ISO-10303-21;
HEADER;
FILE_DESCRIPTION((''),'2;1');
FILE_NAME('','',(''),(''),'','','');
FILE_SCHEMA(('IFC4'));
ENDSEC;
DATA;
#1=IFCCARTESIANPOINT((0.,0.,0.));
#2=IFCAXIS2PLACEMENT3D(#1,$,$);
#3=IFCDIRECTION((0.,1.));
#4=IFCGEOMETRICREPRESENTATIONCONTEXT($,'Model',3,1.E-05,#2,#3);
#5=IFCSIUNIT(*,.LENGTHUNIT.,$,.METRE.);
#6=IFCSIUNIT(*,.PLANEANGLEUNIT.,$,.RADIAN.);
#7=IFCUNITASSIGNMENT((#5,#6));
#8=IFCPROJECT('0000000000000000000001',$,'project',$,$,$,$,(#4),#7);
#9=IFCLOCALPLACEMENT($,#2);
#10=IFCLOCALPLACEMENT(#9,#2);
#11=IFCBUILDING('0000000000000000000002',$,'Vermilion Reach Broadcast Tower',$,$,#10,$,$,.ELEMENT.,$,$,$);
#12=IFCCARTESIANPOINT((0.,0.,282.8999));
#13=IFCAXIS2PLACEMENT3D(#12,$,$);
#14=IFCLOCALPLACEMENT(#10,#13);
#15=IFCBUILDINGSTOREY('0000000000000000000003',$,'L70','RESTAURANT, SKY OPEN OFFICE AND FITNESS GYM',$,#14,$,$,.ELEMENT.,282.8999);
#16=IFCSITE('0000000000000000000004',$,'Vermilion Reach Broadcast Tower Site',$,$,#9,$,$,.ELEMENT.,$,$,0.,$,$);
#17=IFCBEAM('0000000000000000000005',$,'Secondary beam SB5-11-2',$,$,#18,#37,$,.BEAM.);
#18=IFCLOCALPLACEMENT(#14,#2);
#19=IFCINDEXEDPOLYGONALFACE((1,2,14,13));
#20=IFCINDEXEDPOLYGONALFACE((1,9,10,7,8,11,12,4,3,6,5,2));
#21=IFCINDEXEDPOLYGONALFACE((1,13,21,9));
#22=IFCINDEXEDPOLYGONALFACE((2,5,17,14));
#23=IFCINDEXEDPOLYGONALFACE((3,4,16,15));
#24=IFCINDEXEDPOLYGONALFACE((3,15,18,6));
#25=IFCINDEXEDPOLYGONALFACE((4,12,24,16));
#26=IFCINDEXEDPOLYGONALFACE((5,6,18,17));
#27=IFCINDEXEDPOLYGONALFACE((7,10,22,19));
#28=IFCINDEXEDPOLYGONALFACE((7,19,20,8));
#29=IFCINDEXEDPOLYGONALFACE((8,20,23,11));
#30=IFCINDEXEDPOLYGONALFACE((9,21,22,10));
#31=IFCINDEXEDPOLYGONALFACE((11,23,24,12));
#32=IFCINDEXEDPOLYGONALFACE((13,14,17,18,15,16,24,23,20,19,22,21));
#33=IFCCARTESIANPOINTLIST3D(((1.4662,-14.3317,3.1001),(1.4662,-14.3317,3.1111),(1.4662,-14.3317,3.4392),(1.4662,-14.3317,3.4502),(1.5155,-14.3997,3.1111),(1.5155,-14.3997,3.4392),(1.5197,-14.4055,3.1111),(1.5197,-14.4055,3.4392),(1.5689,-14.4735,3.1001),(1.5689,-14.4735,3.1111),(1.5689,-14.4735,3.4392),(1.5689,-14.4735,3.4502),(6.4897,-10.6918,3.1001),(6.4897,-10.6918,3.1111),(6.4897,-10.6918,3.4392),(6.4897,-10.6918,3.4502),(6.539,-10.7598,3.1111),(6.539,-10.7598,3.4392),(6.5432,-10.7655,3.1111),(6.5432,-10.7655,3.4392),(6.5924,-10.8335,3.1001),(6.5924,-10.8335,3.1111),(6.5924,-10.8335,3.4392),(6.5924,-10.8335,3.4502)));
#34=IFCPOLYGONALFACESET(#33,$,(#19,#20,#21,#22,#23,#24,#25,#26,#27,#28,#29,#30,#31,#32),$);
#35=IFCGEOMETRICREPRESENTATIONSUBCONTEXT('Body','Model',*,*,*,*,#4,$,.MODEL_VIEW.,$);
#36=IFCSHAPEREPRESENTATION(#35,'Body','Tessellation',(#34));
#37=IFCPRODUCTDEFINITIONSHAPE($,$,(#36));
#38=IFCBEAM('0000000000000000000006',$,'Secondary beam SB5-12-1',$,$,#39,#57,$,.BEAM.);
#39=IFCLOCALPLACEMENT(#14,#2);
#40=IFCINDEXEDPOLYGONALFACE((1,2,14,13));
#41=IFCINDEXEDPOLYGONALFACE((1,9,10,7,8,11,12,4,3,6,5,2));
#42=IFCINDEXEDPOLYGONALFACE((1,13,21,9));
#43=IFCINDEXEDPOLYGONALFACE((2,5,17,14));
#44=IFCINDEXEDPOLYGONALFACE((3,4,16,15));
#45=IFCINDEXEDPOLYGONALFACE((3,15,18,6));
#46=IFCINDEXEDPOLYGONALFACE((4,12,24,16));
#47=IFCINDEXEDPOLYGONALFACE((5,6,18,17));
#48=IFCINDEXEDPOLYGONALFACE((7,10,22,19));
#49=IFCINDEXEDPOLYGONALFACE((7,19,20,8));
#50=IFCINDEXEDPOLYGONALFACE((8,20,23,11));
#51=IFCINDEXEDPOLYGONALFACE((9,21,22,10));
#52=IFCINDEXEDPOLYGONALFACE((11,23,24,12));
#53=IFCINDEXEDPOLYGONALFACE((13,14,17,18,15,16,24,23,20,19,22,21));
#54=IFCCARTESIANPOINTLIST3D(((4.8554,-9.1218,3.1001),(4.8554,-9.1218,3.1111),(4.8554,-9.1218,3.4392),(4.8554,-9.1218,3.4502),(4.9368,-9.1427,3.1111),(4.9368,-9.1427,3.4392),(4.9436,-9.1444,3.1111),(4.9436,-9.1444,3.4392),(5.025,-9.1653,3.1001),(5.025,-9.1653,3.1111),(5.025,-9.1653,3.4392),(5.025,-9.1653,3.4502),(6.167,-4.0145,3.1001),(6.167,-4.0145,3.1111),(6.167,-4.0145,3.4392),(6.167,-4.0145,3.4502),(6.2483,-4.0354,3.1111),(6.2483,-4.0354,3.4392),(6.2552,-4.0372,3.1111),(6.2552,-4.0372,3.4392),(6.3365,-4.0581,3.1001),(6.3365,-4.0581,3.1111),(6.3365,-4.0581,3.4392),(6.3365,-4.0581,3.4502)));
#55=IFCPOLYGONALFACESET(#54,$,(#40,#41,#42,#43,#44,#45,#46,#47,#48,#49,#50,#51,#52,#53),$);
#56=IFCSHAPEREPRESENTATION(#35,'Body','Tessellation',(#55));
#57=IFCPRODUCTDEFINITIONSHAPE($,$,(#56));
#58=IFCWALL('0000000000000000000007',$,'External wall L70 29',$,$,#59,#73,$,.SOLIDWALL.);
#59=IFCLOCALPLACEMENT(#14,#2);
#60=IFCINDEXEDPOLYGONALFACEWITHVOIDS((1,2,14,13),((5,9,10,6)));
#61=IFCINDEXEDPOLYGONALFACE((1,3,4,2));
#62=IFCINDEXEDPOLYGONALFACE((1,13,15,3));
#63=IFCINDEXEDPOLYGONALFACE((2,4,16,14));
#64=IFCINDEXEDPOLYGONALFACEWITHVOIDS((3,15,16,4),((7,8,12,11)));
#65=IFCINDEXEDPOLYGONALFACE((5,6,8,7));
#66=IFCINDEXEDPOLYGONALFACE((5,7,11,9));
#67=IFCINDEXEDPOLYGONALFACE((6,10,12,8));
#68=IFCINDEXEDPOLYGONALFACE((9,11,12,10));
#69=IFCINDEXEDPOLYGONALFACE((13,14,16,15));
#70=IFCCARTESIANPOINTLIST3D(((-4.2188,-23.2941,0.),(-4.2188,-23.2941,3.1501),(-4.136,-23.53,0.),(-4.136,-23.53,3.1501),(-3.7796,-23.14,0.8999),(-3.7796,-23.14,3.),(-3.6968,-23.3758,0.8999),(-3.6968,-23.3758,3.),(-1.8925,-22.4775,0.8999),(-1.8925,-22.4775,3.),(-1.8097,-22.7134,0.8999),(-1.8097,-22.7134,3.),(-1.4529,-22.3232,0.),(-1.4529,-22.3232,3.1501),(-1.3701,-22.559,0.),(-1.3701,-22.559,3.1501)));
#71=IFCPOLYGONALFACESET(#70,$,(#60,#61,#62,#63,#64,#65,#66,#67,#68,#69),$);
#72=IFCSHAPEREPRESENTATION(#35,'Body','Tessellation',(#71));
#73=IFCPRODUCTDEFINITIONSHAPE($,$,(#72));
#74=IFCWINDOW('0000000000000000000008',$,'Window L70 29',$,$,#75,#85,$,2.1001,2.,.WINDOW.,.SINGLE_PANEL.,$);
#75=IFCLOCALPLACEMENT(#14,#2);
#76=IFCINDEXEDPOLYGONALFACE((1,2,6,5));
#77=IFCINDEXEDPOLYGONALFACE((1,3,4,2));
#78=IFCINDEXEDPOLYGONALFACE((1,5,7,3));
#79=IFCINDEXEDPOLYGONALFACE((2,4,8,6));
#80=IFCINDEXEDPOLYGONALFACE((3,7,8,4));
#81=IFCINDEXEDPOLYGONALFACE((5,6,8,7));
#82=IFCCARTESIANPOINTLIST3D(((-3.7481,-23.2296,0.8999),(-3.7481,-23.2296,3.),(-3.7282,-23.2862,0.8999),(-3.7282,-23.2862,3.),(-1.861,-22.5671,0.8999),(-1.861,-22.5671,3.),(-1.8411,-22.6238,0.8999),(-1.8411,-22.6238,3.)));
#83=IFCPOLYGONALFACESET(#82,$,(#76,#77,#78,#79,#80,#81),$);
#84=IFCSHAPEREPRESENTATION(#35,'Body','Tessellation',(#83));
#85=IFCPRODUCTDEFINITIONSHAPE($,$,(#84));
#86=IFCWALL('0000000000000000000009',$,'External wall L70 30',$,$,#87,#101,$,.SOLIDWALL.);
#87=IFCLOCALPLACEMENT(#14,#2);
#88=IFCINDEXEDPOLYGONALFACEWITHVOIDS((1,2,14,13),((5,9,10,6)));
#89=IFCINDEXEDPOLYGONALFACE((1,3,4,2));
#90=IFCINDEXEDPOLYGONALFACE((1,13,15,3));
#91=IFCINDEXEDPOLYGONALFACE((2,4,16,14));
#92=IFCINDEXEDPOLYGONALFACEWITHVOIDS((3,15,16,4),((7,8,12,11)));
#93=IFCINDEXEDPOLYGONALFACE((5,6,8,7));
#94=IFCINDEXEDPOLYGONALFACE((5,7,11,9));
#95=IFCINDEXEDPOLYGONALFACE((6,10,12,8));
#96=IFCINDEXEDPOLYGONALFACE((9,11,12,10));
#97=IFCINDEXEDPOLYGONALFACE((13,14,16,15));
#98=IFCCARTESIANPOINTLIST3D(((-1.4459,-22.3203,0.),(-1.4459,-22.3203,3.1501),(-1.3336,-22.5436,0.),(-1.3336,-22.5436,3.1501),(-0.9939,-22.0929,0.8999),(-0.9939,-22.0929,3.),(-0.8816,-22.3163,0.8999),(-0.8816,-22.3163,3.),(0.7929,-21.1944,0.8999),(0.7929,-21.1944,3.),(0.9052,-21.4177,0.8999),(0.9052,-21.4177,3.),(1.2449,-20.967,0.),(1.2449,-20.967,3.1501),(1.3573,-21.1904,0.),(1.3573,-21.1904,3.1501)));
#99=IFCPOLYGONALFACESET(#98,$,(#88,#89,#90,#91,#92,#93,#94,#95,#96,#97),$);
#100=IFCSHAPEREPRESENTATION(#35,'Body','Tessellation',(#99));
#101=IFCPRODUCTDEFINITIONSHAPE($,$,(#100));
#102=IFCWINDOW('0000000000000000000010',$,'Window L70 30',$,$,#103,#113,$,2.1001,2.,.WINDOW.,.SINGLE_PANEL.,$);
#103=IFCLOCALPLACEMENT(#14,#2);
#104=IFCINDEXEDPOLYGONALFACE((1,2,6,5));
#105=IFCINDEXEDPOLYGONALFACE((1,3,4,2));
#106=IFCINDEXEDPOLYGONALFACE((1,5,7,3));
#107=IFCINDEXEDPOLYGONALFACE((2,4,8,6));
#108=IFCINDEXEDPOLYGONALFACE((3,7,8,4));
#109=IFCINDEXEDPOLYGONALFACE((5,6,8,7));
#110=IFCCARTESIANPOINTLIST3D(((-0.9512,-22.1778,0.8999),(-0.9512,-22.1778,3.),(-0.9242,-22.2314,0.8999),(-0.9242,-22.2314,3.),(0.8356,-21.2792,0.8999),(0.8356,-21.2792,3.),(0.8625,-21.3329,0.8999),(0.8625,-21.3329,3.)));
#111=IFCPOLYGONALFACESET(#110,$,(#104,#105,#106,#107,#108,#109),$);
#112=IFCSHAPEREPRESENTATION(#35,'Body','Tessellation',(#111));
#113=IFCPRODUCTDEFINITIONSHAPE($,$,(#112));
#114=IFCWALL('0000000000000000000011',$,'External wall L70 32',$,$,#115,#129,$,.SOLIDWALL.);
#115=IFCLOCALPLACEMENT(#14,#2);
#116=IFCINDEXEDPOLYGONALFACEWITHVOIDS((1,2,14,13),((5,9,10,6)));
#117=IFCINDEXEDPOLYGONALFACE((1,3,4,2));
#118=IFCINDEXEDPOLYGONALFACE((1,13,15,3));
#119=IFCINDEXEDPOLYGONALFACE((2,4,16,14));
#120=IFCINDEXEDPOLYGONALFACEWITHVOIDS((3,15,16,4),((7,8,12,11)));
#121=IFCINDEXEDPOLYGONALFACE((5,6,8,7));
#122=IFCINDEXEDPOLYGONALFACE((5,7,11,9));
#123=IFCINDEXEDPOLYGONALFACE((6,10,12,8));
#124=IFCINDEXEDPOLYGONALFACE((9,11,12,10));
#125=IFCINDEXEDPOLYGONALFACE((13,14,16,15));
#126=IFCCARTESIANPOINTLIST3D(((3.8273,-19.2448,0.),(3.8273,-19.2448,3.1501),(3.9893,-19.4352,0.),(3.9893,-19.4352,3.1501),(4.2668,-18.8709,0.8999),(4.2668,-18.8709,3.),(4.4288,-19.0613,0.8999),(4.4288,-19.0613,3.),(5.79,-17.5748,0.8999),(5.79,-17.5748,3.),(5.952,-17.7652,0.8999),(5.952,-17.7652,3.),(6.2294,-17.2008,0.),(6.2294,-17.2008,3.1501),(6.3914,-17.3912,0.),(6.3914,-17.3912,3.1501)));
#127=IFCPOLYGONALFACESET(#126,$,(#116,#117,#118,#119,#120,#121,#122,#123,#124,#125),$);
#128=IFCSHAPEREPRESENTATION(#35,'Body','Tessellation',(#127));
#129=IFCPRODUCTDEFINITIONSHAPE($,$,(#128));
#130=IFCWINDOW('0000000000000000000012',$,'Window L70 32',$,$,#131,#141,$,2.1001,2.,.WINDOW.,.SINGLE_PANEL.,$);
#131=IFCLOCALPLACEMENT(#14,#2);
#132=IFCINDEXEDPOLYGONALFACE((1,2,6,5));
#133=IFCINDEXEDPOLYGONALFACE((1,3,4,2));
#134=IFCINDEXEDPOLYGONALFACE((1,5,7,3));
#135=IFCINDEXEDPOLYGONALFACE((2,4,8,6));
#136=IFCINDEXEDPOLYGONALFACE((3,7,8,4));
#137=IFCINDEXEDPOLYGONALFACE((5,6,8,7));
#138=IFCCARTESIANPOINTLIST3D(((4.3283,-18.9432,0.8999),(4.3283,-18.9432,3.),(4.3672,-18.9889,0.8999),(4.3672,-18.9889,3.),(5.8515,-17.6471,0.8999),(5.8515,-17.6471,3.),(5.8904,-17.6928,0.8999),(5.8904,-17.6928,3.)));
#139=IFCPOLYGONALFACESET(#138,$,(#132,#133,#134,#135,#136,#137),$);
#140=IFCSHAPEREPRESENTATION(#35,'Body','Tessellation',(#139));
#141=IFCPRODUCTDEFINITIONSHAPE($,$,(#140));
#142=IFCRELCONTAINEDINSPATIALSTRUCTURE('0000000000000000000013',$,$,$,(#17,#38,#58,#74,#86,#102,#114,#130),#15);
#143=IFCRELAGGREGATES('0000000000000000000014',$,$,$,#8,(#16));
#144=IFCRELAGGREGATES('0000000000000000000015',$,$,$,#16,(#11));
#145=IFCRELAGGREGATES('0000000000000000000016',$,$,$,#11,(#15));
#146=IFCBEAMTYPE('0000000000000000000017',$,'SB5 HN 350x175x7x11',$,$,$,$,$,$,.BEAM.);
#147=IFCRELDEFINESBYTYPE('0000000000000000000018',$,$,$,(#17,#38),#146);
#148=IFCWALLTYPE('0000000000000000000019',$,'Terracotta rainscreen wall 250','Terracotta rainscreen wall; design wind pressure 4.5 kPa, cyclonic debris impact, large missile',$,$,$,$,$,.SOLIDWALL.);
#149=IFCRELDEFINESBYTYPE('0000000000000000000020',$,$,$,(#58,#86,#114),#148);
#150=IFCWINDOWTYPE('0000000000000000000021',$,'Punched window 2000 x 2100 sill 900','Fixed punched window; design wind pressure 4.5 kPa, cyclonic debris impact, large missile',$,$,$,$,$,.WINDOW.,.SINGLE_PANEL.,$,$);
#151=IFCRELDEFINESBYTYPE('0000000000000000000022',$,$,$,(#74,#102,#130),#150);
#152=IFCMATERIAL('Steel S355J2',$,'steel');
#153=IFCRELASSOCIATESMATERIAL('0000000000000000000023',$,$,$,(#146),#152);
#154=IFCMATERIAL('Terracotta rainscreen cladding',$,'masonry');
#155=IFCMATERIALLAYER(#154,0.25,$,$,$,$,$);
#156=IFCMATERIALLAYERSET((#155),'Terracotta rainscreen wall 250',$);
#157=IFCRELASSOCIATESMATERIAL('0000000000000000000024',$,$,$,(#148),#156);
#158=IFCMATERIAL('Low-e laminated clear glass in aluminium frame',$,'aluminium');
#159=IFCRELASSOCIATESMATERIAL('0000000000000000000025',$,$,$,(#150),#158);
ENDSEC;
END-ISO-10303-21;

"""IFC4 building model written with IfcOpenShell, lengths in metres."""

from ifc_helpers import new_model, si_unit, direction, frame, frame_2d, origin, origin_2d, place, context, subcontext, project, spatial, rectangle, i_section, extrude, material, layer, layer_set, material_profile, profile_set, type_object, element, fill, save


model = new_model("IFC4")

# Units and contexts
model_context = context("Model", 3, precision=1e-05, world=origin(), true_north=direction((0.0, 1.0)))
body_context = subcontext(model_context, "Body", "Model", "MODEL_VIEW")
ifc_project = project(units=[si_unit("LENGTHUNIT", "METRE"), si_unit("PLANEANGLEUNIT", "RADIAN")], contexts=[model_context])

# Site, building, storey
site_placement = place(None, origin())
site = spatial("IfcSite", under=ifc_project, at=site_placement, Name="Vermilion Reach Broadcast Tower Site", CompositionType="ELEMENT", RefElevation=0.0)
building_placement = place(site_placement, origin())
building = spatial("IfcBuilding", under=site, at=building_placement, Name="Vermilion Reach Broadcast Tower", CompositionType="ELEMENT")
storey_placement = place(building_placement, frame((0.0, 0.0, 282.8999)))
storey = spatial("IfcBuildingStorey", under=building, at=storey_placement, Name="L70", Description="RESTAURANT, SKY OPEN OFFICE AND FITNESS GYM", CompositionType="ELEMENT", Elevation=282.8999)

# Beams
ifc_material_1 = material(Name="Steel S355J2", Category="steel")
ifc_material_profile_1 = material_profile(ifc_material_1, i_section(OverallWidth=0.175, OverallDepth=0.3501, WebThickness=0.0071, FlangeThickness=0.011, at=origin_2d()), Name="S355J2 HN 350x175x7x11")
ifc_profile_set_1 = profile_set([ifc_material_profile_1], Name="Steel S355J2")
beam_type_1 = type_object("IfcBeamType", Name="SB5 HN 350x175x7x11", PredefinedType="BEAM", material=ifc_profile_set_1)
beam_1_placement = place(storey_placement, frame((1.5176, -14.4026, 3.2751), z_axis=(0.809771, 0.586746, 0.0), x_axis=(-0.586746, 0.809771, 0.0)))
element("IfcBeam", 1, at=beam_1_placement, inside=storey, type_object=beam_type_1, Name="Secondary beam SB5-11-2", PredefinedType="BEAM", context=body_context, shape_type="SweptSolid", body=[
    extrude(i_section(OverallWidth=0.175, OverallDepth=0.3501, WebThickness=0.0071, FlangeThickness=0.011, at=origin_2d()), origin(), (0.0, 0.0, 1.0), 6.2036),
])
beam_2_placement = place(storey_placement, frame((4.9402, -9.1436, 3.2751), z_axis=(0.24873, 0.968573, 0.0), x_axis=(-0.968573, 0.24873, 0.0)))
element("IfcBeam", 2, at=beam_2_placement, inside=storey, type_object=beam_type_1, Name="Secondary beam SB5-12-1", PredefinedType="BEAM", context=body_context, shape_type="SweptSolid", body=[
    extrude(i_section(OverallWidth=0.175, OverallDepth=0.3501, WebThickness=0.0071, FlangeThickness=0.011, at=origin_2d()), origin(), (0.0, 0.0, 1.0), 5.2729),
])

# Walls, openings, windows
ifc_material_2 = material(Name="Terracotta rainscreen cladding", Category="masonry")
ifc_layer = layer(ifc_material_2, 0.25)
ifc_layer_set = layer_set([ifc_layer], Name="Terracotta rainscreen wall 250")
wall_type = type_object("IfcWallType", Name="Terracotta rainscreen wall 250", Description="Terracotta rainscreen wall; design wind pressure 4.5 kPa, cyclonic debris impact, large missile", PredefinedType="SOLIDWALL", material=ifc_layer_set)
wall_1_placement = place(storey_placement, frame((-4.1775, -23.4121, 0.0), z_axis=(0.0, 0.0, 1.0), x_axis=(0.94355, 0.33123, 0.0)))
wall_1 = element("IfcWall", 3, at=wall_1_placement, inside=storey, type_object=wall_type, Name="External wall L70 29", PredefinedType="SOLIDWALL", context=body_context, shape_type="SweptSolid", body=[
    extrude(rectangle(XDim=2.9314, YDim=0.25, at=frame_2d((1.4658, 0.0))), origin(), (0.0, 0.0, 1.0), 3.1501),
])
opening_1_placement = place(wall_1_placement, frame((0.4656, 0.0, 0.8999)))
opening_1 = element("IfcOpeningElement", 4, at=opening_1_placement, cuts=wall_1, PredefinedType="OPENING", context=body_context, shape_type="SweptSolid", body=[
    extrude(rectangle(XDim=2.0, YDim=2.1001, at=frame_2d((1.0, 1.05))), frame((0.0, 0.135, 0.0), z_axis=(0.0, -1.0, 0.0), x_axis=(1.0, 0.0, 0.0)), (0.0, 0.0, 1.0), 0.27),
])
ifc_material_3 = material(Name="Low-e laminated clear glass in aluminium frame", Category="aluminium")
window_type = type_object("IfcWindowType", Name="Punched window 2000 x 2100 sill 900", Description="Fixed punched window; design wind pressure 4.5 kPa, cyclonic debris impact, large missile", PartitioningType="SINGLE_PANEL", PredefinedType="WINDOW", material=ifc_material_3)
window_1_placement = place(opening_1_placement, origin())
window_1 = element("IfcWindow", 5, at=window_1_placement, inside=storey, type_object=window_type, Name="Window L70 29", OverallHeight=2.1001, OverallWidth=2.0, PartitioningType="SINGLE_PANEL", PredefinedType="WINDOW", context=body_context, shape_type="SweptSolid", body=[
    extrude(rectangle(XDim=2.0, YDim=2.1001, at=frame_2d((1.0, 1.05))), frame((0.0, 0.03, 0.0), z_axis=(0.0, -1.0, 0.0), x_axis=(1.0, 0.0, 0.0)), (0.0, 0.0, 1.0), 0.0601),
])
fill(opening_1, window_1)
wall_2_placement = place(storey_placement, frame((-1.3896, -22.4319, 0.0), z_axis=(0.0, 0.0, 1.0), x_axis=(0.893387, 0.449287, 0.0)))
wall_2 = element("IfcWall", 6, at=wall_2_placement, inside=storey, type_object=wall_type, Name="External wall L70 30", PredefinedType="SOLIDWALL", context=body_context, shape_type="SweptSolid", body=[
    extrude(rectangle(XDim=3.012, YDim=0.25, at=frame_2d((1.5059, 0.0))), origin(), (0.0, 0.0, 1.0), 3.1501),
])
opening_2_placement = place(wall_2_placement, frame((0.5059, 0.0, 0.8999)))
opening_2 = element("IfcOpeningElement", 7, at=opening_2_placement, cuts=wall_2, PredefinedType="OPENING", context=body_context, shape_type="SweptSolid", body=[
    extrude(rectangle(XDim=2.0, YDim=2.1001, at=frame_2d((1.0, 1.05))), frame((0.0, 0.135, 0.0), z_axis=(0.0, -1.0, 0.0), x_axis=(1.0, 0.0, 0.0)), (0.0, 0.0, 1.0), 0.27),
])
window_2_placement = place(opening_2_placement, origin())
window_2 = element("IfcWindow", 8, at=window_2_placement, inside=storey, type_object=window_type, Name="Window L70 30", OverallHeight=2.1001, OverallWidth=2.0, PartitioningType="SINGLE_PANEL", PredefinedType="WINDOW", context=body_context, shape_type="SweptSolid", body=[
    extrude(rectangle(XDim=2.0, YDim=2.1001, at=frame_2d((1.0, 1.05))), frame((0.0, 0.03, 0.0), z_axis=(0.0, -1.0, 0.0), x_axis=(1.0, 0.0, 0.0)), (0.0, 0.0, 1.0), 0.0601),
])
fill(opening_2, window_2)

# Wall, opening, window
wall_3_placement = place(storey_placement, frame((3.9082, -19.3401, 0.0), z_axis=(0.0, 0.0, 1.0), x_axis=(0.761601, 0.648046, 0.0)))
wall_3 = element("IfcWall", 9, at=wall_3_placement, inside=storey, type_object=wall_type, Name="External wall L70 32", PredefinedType="SOLIDWALL", context=body_context, shape_type="SweptSolid", body=[
    extrude(rectangle(XDim=3.1541, YDim=0.25, at=frame_2d((1.5771, 0.0))), origin(), (0.0, 0.0, 1.0), 3.1501),
])
opening_3_placement = place(wall_3_placement, frame((0.5771, 0.0, 0.8999)))
opening_3 = element("IfcOpeningElement", 10, at=opening_3_placement, cuts=wall_3, PredefinedType="OPENING", context=body_context, shape_type="SweptSolid", body=[
    extrude(rectangle(XDim=2.0, YDim=2.1001, at=frame_2d((1.0, 1.05))), frame((0.0, 0.135, 0.0), z_axis=(0.0, -1.0, 0.0), x_axis=(1.0, 0.0, 0.0)), (0.0, 0.0, 1.0), 0.27),
])
window_3_placement = place(opening_3_placement, origin())
window_3 = element("IfcWindow", 11, at=window_3_placement, inside=storey, type_object=window_type, Name="Window L70 32", OverallHeight=2.1001, OverallWidth=2.0, PartitioningType="SINGLE_PANEL", PredefinedType="WINDOW", context=body_context, shape_type="SweptSolid", body=[
    extrude(rectangle(XDim=2.0, YDim=2.1001, at=frame_2d((1.0, 1.05))), frame((0.0, 0.03, 0.0), z_axis=(0.0, -1.0, 0.0), x_axis=(1.0, 0.0, 0.0)), (0.0, 0.0, 1.0), 0.0601),
])
fill(opening_3, window_3)

save(model, "model.ifc")
